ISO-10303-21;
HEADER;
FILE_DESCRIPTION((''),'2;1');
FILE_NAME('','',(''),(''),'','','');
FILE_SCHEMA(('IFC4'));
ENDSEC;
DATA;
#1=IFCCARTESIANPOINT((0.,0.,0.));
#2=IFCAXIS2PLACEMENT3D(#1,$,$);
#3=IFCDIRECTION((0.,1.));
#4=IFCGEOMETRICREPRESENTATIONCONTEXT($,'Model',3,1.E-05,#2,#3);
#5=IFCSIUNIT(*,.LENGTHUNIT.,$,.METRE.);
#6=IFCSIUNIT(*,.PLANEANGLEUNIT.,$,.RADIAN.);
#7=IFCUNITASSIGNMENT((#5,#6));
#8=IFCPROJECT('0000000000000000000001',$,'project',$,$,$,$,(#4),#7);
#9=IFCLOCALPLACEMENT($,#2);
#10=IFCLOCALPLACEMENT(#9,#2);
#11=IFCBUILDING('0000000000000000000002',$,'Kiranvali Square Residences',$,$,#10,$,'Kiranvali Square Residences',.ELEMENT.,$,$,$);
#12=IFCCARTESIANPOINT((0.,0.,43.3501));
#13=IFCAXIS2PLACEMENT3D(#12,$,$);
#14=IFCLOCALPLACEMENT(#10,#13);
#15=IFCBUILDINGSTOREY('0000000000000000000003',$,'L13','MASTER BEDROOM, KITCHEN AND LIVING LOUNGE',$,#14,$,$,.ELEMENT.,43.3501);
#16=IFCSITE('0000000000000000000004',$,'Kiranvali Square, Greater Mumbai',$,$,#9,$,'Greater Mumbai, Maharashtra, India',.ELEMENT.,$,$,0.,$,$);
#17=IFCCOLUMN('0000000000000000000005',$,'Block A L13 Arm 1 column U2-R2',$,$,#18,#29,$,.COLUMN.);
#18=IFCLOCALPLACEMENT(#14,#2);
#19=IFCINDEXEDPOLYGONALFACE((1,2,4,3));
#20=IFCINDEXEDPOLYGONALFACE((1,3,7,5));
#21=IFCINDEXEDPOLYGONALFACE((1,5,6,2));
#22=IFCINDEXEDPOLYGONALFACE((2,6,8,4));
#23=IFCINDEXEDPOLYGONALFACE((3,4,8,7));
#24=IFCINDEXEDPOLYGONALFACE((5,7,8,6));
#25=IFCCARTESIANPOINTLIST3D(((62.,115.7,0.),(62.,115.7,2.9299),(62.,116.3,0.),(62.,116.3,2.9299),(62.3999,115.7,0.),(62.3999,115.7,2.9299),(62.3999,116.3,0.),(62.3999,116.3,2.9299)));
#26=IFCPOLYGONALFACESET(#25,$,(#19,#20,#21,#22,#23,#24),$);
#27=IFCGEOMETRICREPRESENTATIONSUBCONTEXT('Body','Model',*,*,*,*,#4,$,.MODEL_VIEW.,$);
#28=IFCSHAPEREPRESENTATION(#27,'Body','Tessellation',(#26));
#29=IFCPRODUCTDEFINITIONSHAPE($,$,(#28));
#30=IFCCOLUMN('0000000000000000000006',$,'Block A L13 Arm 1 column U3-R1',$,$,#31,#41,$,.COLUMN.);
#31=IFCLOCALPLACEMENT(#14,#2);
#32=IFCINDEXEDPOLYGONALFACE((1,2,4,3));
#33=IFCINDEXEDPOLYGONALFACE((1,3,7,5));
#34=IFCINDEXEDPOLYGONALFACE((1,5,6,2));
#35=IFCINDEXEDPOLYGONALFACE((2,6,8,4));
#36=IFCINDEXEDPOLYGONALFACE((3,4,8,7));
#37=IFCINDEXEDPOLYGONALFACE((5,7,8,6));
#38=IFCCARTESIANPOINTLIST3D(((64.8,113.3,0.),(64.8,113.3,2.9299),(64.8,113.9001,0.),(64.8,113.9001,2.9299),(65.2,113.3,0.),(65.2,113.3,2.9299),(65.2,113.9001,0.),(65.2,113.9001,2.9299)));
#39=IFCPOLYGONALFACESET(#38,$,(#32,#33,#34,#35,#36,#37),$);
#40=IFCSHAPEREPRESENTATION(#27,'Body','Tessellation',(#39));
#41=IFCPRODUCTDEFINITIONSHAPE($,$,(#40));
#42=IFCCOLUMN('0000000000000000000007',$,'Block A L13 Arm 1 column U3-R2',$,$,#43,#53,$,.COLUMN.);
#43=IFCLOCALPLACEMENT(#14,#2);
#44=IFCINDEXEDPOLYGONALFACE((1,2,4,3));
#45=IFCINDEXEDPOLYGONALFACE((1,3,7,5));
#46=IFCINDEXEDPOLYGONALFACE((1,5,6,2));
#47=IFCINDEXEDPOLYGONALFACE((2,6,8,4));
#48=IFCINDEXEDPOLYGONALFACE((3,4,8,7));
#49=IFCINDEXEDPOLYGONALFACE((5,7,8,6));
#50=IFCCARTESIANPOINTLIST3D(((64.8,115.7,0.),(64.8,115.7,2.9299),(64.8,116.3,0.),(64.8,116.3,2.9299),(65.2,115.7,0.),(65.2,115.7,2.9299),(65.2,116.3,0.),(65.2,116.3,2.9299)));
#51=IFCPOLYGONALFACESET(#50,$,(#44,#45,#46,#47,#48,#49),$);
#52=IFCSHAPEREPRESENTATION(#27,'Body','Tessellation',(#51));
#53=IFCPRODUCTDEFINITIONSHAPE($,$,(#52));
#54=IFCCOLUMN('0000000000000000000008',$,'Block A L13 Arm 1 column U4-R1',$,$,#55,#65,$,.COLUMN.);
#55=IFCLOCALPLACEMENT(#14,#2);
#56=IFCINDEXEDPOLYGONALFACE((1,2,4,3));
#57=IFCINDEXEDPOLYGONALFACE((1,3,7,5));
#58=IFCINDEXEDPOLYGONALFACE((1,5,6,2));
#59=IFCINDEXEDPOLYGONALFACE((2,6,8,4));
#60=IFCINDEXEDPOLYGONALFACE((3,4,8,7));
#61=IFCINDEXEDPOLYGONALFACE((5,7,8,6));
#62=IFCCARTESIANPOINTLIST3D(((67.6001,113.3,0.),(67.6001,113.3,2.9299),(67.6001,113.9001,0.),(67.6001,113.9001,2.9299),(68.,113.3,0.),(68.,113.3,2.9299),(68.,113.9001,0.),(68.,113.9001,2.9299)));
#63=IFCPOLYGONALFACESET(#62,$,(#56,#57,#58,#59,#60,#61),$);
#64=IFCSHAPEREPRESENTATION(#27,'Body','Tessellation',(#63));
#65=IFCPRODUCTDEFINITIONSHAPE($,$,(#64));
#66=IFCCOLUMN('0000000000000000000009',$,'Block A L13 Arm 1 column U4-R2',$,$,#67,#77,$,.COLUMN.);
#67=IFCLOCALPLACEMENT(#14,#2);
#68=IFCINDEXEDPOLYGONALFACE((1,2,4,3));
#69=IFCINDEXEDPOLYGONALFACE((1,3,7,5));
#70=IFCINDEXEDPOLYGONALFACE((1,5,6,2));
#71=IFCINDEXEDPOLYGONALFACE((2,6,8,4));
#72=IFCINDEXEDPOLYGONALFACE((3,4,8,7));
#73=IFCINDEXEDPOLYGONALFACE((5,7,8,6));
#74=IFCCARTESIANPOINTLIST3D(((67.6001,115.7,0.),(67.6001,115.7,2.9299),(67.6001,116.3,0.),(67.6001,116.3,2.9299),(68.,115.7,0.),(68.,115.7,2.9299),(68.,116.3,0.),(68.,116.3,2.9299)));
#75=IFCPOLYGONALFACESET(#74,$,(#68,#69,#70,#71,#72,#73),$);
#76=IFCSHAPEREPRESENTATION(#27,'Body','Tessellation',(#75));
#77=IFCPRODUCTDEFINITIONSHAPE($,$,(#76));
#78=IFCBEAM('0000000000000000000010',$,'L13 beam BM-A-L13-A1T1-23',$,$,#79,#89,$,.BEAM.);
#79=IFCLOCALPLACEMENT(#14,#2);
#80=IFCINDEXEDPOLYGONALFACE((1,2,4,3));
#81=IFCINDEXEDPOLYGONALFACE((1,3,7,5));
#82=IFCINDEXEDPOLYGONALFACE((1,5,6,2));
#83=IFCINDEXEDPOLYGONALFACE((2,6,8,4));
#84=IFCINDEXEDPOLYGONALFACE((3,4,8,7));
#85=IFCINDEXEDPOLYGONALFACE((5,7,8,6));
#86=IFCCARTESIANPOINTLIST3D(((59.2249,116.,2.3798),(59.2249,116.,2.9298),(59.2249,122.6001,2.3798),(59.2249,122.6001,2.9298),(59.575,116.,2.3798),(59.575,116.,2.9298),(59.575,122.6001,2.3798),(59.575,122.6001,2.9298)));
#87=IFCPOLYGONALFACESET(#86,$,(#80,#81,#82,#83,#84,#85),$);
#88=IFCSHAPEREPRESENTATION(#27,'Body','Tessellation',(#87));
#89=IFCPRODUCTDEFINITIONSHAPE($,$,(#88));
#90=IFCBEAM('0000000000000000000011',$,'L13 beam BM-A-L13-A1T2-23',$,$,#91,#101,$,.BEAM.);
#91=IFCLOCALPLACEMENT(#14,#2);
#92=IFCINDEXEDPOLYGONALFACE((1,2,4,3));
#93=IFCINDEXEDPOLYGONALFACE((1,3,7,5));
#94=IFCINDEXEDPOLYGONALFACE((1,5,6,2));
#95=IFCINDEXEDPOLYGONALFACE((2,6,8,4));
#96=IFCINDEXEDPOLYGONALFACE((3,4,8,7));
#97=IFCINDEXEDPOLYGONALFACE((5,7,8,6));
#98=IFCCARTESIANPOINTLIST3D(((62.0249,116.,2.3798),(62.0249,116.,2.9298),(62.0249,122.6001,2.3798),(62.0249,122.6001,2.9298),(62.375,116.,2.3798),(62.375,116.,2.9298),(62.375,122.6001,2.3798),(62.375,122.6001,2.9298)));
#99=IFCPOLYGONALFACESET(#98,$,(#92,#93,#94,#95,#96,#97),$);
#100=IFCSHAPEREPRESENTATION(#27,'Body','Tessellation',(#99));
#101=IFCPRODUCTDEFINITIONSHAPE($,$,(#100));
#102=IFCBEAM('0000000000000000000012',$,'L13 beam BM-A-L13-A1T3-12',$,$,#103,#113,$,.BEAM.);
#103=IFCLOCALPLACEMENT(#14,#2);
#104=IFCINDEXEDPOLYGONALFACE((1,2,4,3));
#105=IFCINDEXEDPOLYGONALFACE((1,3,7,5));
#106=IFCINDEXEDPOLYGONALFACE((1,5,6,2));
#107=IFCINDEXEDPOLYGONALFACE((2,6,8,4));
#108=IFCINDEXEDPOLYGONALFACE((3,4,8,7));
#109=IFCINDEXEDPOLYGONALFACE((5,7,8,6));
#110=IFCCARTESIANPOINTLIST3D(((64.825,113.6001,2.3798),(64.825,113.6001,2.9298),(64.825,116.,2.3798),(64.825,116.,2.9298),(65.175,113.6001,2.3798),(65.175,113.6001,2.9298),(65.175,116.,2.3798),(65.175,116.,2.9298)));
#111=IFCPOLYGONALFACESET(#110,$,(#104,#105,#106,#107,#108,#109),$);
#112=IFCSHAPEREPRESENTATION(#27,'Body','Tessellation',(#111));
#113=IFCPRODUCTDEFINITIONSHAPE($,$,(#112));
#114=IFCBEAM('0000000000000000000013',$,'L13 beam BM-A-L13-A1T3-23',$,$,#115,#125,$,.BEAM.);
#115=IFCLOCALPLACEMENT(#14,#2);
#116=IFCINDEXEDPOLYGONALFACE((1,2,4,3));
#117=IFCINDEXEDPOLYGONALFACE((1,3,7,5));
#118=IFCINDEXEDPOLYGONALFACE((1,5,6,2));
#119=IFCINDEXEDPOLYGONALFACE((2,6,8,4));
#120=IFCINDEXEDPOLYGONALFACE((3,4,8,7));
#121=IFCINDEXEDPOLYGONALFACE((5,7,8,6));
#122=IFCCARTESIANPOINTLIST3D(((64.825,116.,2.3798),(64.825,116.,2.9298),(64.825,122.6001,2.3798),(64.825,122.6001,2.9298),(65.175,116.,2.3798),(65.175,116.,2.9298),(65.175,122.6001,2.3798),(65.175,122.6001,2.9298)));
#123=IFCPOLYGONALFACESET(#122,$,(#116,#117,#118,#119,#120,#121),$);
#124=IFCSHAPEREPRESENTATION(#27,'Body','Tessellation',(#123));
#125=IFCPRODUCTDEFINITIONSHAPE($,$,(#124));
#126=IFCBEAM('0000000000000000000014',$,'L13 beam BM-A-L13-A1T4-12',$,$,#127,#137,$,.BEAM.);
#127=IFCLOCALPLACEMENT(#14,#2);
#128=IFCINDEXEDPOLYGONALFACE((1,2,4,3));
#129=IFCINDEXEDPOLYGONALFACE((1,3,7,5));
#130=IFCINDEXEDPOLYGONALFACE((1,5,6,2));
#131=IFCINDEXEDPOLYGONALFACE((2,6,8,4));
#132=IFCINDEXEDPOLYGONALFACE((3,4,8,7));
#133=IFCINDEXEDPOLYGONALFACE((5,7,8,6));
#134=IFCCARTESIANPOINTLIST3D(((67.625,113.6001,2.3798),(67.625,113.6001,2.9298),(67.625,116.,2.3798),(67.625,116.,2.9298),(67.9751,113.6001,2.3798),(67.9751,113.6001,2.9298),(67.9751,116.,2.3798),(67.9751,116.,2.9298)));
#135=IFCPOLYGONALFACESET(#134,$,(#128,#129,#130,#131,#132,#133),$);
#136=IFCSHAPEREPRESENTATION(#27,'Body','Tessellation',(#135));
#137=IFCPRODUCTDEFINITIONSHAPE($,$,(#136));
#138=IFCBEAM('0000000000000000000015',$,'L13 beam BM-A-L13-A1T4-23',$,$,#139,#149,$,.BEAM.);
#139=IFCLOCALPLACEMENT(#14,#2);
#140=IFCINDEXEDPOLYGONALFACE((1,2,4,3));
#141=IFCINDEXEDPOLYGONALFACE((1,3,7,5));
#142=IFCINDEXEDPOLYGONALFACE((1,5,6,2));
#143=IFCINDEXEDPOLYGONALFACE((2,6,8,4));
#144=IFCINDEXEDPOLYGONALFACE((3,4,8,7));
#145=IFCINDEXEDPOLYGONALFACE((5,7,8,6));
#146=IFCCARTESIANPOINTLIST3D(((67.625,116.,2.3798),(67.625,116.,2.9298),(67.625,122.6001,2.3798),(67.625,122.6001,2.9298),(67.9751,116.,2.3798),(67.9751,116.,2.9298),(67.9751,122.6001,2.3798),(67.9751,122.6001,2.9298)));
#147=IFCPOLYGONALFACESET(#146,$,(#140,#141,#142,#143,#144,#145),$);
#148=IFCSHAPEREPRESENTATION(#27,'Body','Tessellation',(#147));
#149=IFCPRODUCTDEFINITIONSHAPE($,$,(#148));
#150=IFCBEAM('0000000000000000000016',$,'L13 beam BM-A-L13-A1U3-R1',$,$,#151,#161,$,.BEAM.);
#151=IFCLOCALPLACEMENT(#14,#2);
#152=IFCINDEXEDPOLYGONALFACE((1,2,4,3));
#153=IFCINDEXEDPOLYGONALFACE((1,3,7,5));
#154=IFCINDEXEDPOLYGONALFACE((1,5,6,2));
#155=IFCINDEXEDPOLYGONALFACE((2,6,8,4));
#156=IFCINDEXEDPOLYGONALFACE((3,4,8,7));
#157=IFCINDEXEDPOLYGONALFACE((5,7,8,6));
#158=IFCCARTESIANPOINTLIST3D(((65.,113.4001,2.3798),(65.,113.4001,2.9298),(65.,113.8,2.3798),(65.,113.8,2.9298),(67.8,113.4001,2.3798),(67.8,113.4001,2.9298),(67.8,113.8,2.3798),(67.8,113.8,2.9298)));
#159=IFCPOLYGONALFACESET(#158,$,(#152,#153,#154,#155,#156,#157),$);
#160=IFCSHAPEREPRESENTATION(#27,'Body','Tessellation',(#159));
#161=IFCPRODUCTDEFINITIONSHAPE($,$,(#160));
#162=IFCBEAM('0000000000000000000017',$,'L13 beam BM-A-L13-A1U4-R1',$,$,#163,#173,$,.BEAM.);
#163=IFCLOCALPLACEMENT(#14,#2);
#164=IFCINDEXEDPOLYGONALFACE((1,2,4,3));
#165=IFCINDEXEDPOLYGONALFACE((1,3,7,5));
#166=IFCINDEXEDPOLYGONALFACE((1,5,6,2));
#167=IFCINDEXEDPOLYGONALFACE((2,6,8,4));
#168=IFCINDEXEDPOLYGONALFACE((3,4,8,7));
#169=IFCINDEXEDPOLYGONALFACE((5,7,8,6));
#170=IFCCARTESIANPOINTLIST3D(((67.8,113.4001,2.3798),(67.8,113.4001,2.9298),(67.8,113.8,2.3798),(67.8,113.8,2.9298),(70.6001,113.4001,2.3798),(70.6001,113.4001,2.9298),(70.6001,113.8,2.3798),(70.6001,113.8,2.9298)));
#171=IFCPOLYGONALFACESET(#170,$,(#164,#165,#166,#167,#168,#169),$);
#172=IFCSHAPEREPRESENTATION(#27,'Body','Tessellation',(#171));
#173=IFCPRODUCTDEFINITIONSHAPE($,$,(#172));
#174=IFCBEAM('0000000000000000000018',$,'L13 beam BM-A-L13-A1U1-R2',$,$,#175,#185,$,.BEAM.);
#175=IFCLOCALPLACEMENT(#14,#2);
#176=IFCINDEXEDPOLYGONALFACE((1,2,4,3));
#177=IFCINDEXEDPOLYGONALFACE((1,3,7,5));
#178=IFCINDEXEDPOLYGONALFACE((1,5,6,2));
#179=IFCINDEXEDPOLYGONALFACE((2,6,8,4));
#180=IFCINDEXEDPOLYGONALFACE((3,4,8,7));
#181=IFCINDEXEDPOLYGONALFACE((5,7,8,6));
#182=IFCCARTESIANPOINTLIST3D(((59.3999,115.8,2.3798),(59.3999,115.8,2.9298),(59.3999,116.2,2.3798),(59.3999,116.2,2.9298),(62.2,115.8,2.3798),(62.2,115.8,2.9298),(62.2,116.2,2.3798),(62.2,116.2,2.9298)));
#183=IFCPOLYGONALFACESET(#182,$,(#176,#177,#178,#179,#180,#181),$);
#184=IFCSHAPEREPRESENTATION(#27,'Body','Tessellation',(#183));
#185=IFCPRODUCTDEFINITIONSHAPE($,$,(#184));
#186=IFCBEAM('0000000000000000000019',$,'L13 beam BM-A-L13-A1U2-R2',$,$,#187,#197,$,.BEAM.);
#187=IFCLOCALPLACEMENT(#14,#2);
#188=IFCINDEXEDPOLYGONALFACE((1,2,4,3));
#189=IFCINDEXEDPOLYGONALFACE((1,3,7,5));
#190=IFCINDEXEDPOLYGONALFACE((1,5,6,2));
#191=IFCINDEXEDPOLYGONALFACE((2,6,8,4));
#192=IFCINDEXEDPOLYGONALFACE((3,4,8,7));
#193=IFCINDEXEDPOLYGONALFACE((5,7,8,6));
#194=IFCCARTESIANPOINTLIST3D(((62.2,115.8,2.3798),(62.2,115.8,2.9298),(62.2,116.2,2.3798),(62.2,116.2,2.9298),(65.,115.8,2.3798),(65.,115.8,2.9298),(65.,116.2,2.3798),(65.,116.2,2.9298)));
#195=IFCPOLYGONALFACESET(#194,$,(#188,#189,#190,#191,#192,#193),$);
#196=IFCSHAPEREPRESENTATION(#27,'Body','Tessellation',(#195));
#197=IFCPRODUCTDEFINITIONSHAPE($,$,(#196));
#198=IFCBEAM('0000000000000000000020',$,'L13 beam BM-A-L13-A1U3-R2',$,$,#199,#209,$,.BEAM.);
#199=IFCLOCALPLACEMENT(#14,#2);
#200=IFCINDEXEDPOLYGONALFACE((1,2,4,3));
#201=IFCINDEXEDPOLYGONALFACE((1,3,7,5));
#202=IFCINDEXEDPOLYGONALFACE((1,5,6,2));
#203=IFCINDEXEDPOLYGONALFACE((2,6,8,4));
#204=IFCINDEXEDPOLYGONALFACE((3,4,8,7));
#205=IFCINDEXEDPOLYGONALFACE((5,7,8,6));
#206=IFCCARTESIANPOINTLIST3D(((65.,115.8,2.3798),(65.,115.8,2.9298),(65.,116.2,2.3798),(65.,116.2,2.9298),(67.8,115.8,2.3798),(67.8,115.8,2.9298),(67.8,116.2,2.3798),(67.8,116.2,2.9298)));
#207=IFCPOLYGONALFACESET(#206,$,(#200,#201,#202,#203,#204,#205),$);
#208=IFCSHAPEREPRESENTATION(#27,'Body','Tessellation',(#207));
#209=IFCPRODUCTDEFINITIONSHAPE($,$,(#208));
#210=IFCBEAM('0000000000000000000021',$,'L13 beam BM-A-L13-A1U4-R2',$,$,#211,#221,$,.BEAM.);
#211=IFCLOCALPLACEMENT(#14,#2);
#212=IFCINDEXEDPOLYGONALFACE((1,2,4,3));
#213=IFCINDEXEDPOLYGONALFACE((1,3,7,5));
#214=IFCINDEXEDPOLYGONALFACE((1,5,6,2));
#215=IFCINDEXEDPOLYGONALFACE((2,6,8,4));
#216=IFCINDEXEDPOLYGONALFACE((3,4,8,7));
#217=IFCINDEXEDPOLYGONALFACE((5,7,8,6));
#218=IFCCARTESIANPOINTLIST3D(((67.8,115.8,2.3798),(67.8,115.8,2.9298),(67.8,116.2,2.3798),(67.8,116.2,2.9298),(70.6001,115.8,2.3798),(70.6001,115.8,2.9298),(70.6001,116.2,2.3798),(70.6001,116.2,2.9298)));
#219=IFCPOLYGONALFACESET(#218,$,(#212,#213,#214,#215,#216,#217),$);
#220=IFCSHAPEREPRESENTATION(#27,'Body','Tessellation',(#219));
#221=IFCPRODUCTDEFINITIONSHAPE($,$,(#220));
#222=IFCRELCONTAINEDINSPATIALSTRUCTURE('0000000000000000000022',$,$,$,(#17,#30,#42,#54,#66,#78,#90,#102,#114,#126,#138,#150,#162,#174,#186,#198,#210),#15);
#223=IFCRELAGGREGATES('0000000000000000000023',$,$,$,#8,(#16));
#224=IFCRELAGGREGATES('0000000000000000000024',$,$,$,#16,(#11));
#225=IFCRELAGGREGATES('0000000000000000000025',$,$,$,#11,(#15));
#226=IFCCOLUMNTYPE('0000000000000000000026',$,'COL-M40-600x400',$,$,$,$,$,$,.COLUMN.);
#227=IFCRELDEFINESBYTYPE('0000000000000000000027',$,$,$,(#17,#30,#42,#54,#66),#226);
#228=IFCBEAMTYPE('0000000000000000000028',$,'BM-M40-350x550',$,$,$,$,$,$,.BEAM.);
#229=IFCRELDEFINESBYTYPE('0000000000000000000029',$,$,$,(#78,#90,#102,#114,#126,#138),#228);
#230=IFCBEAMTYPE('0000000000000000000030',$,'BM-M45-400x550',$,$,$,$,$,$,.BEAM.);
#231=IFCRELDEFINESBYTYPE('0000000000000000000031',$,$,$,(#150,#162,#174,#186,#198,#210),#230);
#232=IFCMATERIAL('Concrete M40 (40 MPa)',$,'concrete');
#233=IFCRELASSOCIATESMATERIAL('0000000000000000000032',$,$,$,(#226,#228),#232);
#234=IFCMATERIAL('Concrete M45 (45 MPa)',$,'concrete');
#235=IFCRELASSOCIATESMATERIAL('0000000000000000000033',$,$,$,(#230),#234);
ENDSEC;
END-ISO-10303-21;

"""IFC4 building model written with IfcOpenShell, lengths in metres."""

from ifc_helpers import new_model, si_unit, direction, frame, origin, origin_2d, place, context, subcontext, project, spatial, rectangle, extrude, material, material_profile, profile_set, type_object, element, save


model = new_model("IFC4")

# Units and contexts
model_context = context("Model", 3, precision=1e-05, world=origin(), true_north=direction((0.0, 1.0)))
body_context = subcontext(model_context, "Body", "Model", "MODEL_VIEW")
ifc_project = project(units=[si_unit("LENGTHUNIT", "METRE"), si_unit("PLANEANGLEUNIT", "RADIAN")], contexts=[model_context])

# Site, building, storey
site_placement = place(None, origin())
site = spatial("IfcSite", under=ifc_project, at=site_placement, Name="Kiranvali Square, Greater Mumbai", LongName="Greater Mumbai, Maharashtra, India", CompositionType="ELEMENT", RefElevation=0.0)
building_placement = place(site_placement, origin())
building = spatial("IfcBuilding", under=site, at=building_placement, Name="Kiranvali Square Residences", LongName="Kiranvali Square Residences", CompositionType="ELEMENT")
storey_placement = place(building_placement, frame((0.0, 0.0, 43.3501)))
storey = spatial("IfcBuildingStorey", under=building, at=storey_placement, Name="L13", Description="MASTER BEDROOM, KITCHEN AND LIVING LOUNGE", CompositionType="ELEMENT", Elevation=43.3501)

# Columns
ifc_material_1 = material(Name="Concrete M40 (40 MPa)", Category="concrete")
ifc_material_profile_1 = material_profile(ifc_material_1, rectangle(XDim=0.3999, YDim=0.6001, at=origin_2d()), Name="RC 600x400")
ifc_profile_set_1 = profile_set([ifc_material_profile_1], Name="Concrete M40 (40 MPa)")
column_type = type_object("IfcColumnType", Name="COL-M40-600x400", PredefinedType="COLUMN", material=ifc_profile_set_1)
for number, where, z_axis, x_axis, name in (
    (1, (62.2, 116.0, 0.0), (0.0, 0.0, 1.0), (1.0, 0.0, 0.0), "Block A L13 Arm 1 column U2-R2"),
    (2, (65.0, 113.6001, 0.0), (0.0, 0.0, 1.0), (1.0, 0.0, 0.0), "Block A L13 Arm 1 column U3-R1"),
    (3, (65.0, 116.0, 0.0), (0.0, 0.0, 1.0), (1.0, 0.0, 0.0), "Block A L13 Arm 1 column U3-R2"),
    (4, (67.8, 113.6001, 0.0), (0.0, 0.0, 1.0), (1.0, 0.0, 0.0), "Block A L13 Arm 1 column U4-R1"),
    (5, (67.8, 116.0, 0.0), (0.0, 0.0, 1.0), (1.0, 0.0, 0.0), "Block A L13 Arm 1 column U4-R2"),
):
    element("IfcColumn", number, at=place(storey_placement, frame(where, z_axis=z_axis, x_axis=x_axis)), inside=storey, type_object=column_type, Name=name, PredefinedType="COLUMN", context=body_context, shape_type="SweptSolid", body=[
        extrude(rectangle(XDim=0.3999, YDim=0.6001, at=origin_2d()), origin(), (0.0, 0.0, 1.0), 2.9299),
    ])

# Beams
ifc_material_profile_2 = material_profile(ifc_material_1, rectangle(XDim=0.3501, YDim=0.55, at=origin_2d()), Name="RC 350x550")
ifc_profile_set_2 = profile_set([ifc_material_profile_2], Name="Concrete M40 (40 MPa)")
beam_type_1 = type_object("IfcBeamType", Name="BM-M40-350x550", PredefinedType="BEAM", material=ifc_profile_set_2)
for number, where, z_axis, x_axis, name in (
    (6, (59.3999, 116.0, 2.6548), (0.0, 1.0, 0.0), (-1.0, 0.0, 0.0), "L13 beam BM-A-L13-A1T1-23"),
    (7, (62.2, 116.0, 2.6548), (0.0, 1.0, 0.0), (-1.0, 0.0, 0.0), "L13 beam BM-A-L13-A1T2-23"),
):
    element("IfcBeam", number, at=place(storey_placement, frame(where, z_axis=z_axis, x_axis=x_axis)), inside=storey, type_object=beam_type_1, Name=name, PredefinedType="BEAM", context=body_context, shape_type="SweptSolid", body=[
        extrude(rectangle(XDim=0.3501, YDim=0.55, at=origin_2d()), origin(), (0.0, 0.0, 1.0), 6.6001),
    ])
beam_1_placement = place(storey_placement, frame((65.0, 113.6001, 2.6548), z_axis=(0.0, 1.0, 0.0), x_axis=(-1.0, 0.0, 0.0)))
element("IfcBeam", 8, at=beam_1_placement, inside=storey, type_object=beam_type_1, Name="L13 beam BM-A-L13-A1T3-12", PredefinedType="BEAM", context=body_context, shape_type="SweptSolid", body=[
    extrude(rectangle(XDim=0.3501, YDim=0.55, at=origin_2d()), origin(), (0.0, 0.0, 1.0), 2.3999),
])
beam_2_placement = place(storey_placement, frame((65.0, 116.0, 2.6548), z_axis=(0.0, 1.0, 0.0), x_axis=(-1.0, 0.0, 0.0)))
element("IfcBeam", 9, at=beam_2_placement, inside=storey, type_object=beam_type_1, Name="L13 beam BM-A-L13-A1T3-23", PredefinedType="BEAM", context=body_context, shape_type="SweptSolid", body=[
    extrude(rectangle(XDim=0.3501, YDim=0.55, at=origin_2d()), origin(), (0.0, 0.0, 1.0), 6.6001),
])
beam_3_placement = place(storey_placement, frame((67.8, 113.6001, 2.6548), z_axis=(0.0, 1.0, 0.0), x_axis=(-1.0, 0.0, 0.0)))
element("IfcBeam", 10, at=beam_3_placement, inside=storey, type_object=beam_type_1, Name="L13 beam BM-A-L13-A1T4-12", PredefinedType="BEAM", context=body_context, shape_type="SweptSolid", body=[
    extrude(rectangle(XDim=0.3501, YDim=0.55, at=origin_2d()), origin(), (0.0, 0.0, 1.0), 2.3999),
])
beam_4_placement = place(storey_placement, frame((67.8, 116.0, 2.6548), z_axis=(0.0, 1.0, 0.0), x_axis=(-1.0, 0.0, 0.0)))
element("IfcBeam", 11, at=beam_4_placement, inside=storey, type_object=beam_type_1, Name="L13 beam BM-A-L13-A1T4-23", PredefinedType="BEAM", context=body_context, shape_type="SweptSolid", body=[
    extrude(rectangle(XDim=0.3501, YDim=0.55, at=origin_2d()), origin(), (0.0, 0.0, 1.0), 6.6001),
])
ifc_material_2 = material(Name="Concrete M45 (45 MPa)", Category="concrete")
ifc_material_profile_3 = material_profile(ifc_material_2, rectangle(XDim=0.3999, YDim=0.55, at=origin_2d()), Name="RC 400x550")
ifc_profile_set_3 = profile_set([ifc_material_profile_3], Name="Concrete M45 (45 MPa)")
beam_type_2 = type_object("IfcBeamType", Name="BM-M45-400x550", PredefinedType="BEAM", material=ifc_profile_set_3)
for number, where, z_axis, x_axis, name in (
    (12, (65.0, 113.6001, 2.6548), (1.0, 0.0, 0.0), (0.0, 1.0, 0.0), "L13 beam BM-A-L13-A1U3-R1"),
    (13, (67.8, 113.6001, 2.6548), (1.0, 0.0, 0.0), (0.0, 1.0, 0.0), "L13 beam BM-A-L13-A1U4-R1"),
    (14, (59.3999, 116.0, 2.6548), (1.0, 0.0, 0.0), (0.0, 1.0, 0.0), "L13 beam BM-A-L13-A1U1-R2"),
    (15, (62.2, 116.0, 2.6548), (1.0, 0.0, 0.0), (0.0, 1.0, 0.0), "L13 beam BM-A-L13-A1U2-R2"),
    (16, (65.0, 116.0, 2.6548), (1.0, 0.0, 0.0), (0.0, 1.0, 0.0), "L13 beam BM-A-L13-A1U3-R2"),
    (17, (67.8, 116.0, 2.6548), (1.0, 0.0, 0.0), (0.0, 1.0, 0.0), "L13 beam BM-A-L13-A1U4-R2"),
):
    element("IfcBeam", number, at=place(storey_placement, frame(where, z_axis=z_axis, x_axis=x_axis)), inside=storey, type_object=beam_type_2, Name=name, PredefinedType="BEAM", context=body_context, shape_type="SweptSolid", body=[
        extrude(rectangle(XDim=0.3999, YDim=0.55, at=origin_2d()), origin(), (0.0, 0.0, 1.0), 2.8),
    ])

save(model, "model.ifc")
